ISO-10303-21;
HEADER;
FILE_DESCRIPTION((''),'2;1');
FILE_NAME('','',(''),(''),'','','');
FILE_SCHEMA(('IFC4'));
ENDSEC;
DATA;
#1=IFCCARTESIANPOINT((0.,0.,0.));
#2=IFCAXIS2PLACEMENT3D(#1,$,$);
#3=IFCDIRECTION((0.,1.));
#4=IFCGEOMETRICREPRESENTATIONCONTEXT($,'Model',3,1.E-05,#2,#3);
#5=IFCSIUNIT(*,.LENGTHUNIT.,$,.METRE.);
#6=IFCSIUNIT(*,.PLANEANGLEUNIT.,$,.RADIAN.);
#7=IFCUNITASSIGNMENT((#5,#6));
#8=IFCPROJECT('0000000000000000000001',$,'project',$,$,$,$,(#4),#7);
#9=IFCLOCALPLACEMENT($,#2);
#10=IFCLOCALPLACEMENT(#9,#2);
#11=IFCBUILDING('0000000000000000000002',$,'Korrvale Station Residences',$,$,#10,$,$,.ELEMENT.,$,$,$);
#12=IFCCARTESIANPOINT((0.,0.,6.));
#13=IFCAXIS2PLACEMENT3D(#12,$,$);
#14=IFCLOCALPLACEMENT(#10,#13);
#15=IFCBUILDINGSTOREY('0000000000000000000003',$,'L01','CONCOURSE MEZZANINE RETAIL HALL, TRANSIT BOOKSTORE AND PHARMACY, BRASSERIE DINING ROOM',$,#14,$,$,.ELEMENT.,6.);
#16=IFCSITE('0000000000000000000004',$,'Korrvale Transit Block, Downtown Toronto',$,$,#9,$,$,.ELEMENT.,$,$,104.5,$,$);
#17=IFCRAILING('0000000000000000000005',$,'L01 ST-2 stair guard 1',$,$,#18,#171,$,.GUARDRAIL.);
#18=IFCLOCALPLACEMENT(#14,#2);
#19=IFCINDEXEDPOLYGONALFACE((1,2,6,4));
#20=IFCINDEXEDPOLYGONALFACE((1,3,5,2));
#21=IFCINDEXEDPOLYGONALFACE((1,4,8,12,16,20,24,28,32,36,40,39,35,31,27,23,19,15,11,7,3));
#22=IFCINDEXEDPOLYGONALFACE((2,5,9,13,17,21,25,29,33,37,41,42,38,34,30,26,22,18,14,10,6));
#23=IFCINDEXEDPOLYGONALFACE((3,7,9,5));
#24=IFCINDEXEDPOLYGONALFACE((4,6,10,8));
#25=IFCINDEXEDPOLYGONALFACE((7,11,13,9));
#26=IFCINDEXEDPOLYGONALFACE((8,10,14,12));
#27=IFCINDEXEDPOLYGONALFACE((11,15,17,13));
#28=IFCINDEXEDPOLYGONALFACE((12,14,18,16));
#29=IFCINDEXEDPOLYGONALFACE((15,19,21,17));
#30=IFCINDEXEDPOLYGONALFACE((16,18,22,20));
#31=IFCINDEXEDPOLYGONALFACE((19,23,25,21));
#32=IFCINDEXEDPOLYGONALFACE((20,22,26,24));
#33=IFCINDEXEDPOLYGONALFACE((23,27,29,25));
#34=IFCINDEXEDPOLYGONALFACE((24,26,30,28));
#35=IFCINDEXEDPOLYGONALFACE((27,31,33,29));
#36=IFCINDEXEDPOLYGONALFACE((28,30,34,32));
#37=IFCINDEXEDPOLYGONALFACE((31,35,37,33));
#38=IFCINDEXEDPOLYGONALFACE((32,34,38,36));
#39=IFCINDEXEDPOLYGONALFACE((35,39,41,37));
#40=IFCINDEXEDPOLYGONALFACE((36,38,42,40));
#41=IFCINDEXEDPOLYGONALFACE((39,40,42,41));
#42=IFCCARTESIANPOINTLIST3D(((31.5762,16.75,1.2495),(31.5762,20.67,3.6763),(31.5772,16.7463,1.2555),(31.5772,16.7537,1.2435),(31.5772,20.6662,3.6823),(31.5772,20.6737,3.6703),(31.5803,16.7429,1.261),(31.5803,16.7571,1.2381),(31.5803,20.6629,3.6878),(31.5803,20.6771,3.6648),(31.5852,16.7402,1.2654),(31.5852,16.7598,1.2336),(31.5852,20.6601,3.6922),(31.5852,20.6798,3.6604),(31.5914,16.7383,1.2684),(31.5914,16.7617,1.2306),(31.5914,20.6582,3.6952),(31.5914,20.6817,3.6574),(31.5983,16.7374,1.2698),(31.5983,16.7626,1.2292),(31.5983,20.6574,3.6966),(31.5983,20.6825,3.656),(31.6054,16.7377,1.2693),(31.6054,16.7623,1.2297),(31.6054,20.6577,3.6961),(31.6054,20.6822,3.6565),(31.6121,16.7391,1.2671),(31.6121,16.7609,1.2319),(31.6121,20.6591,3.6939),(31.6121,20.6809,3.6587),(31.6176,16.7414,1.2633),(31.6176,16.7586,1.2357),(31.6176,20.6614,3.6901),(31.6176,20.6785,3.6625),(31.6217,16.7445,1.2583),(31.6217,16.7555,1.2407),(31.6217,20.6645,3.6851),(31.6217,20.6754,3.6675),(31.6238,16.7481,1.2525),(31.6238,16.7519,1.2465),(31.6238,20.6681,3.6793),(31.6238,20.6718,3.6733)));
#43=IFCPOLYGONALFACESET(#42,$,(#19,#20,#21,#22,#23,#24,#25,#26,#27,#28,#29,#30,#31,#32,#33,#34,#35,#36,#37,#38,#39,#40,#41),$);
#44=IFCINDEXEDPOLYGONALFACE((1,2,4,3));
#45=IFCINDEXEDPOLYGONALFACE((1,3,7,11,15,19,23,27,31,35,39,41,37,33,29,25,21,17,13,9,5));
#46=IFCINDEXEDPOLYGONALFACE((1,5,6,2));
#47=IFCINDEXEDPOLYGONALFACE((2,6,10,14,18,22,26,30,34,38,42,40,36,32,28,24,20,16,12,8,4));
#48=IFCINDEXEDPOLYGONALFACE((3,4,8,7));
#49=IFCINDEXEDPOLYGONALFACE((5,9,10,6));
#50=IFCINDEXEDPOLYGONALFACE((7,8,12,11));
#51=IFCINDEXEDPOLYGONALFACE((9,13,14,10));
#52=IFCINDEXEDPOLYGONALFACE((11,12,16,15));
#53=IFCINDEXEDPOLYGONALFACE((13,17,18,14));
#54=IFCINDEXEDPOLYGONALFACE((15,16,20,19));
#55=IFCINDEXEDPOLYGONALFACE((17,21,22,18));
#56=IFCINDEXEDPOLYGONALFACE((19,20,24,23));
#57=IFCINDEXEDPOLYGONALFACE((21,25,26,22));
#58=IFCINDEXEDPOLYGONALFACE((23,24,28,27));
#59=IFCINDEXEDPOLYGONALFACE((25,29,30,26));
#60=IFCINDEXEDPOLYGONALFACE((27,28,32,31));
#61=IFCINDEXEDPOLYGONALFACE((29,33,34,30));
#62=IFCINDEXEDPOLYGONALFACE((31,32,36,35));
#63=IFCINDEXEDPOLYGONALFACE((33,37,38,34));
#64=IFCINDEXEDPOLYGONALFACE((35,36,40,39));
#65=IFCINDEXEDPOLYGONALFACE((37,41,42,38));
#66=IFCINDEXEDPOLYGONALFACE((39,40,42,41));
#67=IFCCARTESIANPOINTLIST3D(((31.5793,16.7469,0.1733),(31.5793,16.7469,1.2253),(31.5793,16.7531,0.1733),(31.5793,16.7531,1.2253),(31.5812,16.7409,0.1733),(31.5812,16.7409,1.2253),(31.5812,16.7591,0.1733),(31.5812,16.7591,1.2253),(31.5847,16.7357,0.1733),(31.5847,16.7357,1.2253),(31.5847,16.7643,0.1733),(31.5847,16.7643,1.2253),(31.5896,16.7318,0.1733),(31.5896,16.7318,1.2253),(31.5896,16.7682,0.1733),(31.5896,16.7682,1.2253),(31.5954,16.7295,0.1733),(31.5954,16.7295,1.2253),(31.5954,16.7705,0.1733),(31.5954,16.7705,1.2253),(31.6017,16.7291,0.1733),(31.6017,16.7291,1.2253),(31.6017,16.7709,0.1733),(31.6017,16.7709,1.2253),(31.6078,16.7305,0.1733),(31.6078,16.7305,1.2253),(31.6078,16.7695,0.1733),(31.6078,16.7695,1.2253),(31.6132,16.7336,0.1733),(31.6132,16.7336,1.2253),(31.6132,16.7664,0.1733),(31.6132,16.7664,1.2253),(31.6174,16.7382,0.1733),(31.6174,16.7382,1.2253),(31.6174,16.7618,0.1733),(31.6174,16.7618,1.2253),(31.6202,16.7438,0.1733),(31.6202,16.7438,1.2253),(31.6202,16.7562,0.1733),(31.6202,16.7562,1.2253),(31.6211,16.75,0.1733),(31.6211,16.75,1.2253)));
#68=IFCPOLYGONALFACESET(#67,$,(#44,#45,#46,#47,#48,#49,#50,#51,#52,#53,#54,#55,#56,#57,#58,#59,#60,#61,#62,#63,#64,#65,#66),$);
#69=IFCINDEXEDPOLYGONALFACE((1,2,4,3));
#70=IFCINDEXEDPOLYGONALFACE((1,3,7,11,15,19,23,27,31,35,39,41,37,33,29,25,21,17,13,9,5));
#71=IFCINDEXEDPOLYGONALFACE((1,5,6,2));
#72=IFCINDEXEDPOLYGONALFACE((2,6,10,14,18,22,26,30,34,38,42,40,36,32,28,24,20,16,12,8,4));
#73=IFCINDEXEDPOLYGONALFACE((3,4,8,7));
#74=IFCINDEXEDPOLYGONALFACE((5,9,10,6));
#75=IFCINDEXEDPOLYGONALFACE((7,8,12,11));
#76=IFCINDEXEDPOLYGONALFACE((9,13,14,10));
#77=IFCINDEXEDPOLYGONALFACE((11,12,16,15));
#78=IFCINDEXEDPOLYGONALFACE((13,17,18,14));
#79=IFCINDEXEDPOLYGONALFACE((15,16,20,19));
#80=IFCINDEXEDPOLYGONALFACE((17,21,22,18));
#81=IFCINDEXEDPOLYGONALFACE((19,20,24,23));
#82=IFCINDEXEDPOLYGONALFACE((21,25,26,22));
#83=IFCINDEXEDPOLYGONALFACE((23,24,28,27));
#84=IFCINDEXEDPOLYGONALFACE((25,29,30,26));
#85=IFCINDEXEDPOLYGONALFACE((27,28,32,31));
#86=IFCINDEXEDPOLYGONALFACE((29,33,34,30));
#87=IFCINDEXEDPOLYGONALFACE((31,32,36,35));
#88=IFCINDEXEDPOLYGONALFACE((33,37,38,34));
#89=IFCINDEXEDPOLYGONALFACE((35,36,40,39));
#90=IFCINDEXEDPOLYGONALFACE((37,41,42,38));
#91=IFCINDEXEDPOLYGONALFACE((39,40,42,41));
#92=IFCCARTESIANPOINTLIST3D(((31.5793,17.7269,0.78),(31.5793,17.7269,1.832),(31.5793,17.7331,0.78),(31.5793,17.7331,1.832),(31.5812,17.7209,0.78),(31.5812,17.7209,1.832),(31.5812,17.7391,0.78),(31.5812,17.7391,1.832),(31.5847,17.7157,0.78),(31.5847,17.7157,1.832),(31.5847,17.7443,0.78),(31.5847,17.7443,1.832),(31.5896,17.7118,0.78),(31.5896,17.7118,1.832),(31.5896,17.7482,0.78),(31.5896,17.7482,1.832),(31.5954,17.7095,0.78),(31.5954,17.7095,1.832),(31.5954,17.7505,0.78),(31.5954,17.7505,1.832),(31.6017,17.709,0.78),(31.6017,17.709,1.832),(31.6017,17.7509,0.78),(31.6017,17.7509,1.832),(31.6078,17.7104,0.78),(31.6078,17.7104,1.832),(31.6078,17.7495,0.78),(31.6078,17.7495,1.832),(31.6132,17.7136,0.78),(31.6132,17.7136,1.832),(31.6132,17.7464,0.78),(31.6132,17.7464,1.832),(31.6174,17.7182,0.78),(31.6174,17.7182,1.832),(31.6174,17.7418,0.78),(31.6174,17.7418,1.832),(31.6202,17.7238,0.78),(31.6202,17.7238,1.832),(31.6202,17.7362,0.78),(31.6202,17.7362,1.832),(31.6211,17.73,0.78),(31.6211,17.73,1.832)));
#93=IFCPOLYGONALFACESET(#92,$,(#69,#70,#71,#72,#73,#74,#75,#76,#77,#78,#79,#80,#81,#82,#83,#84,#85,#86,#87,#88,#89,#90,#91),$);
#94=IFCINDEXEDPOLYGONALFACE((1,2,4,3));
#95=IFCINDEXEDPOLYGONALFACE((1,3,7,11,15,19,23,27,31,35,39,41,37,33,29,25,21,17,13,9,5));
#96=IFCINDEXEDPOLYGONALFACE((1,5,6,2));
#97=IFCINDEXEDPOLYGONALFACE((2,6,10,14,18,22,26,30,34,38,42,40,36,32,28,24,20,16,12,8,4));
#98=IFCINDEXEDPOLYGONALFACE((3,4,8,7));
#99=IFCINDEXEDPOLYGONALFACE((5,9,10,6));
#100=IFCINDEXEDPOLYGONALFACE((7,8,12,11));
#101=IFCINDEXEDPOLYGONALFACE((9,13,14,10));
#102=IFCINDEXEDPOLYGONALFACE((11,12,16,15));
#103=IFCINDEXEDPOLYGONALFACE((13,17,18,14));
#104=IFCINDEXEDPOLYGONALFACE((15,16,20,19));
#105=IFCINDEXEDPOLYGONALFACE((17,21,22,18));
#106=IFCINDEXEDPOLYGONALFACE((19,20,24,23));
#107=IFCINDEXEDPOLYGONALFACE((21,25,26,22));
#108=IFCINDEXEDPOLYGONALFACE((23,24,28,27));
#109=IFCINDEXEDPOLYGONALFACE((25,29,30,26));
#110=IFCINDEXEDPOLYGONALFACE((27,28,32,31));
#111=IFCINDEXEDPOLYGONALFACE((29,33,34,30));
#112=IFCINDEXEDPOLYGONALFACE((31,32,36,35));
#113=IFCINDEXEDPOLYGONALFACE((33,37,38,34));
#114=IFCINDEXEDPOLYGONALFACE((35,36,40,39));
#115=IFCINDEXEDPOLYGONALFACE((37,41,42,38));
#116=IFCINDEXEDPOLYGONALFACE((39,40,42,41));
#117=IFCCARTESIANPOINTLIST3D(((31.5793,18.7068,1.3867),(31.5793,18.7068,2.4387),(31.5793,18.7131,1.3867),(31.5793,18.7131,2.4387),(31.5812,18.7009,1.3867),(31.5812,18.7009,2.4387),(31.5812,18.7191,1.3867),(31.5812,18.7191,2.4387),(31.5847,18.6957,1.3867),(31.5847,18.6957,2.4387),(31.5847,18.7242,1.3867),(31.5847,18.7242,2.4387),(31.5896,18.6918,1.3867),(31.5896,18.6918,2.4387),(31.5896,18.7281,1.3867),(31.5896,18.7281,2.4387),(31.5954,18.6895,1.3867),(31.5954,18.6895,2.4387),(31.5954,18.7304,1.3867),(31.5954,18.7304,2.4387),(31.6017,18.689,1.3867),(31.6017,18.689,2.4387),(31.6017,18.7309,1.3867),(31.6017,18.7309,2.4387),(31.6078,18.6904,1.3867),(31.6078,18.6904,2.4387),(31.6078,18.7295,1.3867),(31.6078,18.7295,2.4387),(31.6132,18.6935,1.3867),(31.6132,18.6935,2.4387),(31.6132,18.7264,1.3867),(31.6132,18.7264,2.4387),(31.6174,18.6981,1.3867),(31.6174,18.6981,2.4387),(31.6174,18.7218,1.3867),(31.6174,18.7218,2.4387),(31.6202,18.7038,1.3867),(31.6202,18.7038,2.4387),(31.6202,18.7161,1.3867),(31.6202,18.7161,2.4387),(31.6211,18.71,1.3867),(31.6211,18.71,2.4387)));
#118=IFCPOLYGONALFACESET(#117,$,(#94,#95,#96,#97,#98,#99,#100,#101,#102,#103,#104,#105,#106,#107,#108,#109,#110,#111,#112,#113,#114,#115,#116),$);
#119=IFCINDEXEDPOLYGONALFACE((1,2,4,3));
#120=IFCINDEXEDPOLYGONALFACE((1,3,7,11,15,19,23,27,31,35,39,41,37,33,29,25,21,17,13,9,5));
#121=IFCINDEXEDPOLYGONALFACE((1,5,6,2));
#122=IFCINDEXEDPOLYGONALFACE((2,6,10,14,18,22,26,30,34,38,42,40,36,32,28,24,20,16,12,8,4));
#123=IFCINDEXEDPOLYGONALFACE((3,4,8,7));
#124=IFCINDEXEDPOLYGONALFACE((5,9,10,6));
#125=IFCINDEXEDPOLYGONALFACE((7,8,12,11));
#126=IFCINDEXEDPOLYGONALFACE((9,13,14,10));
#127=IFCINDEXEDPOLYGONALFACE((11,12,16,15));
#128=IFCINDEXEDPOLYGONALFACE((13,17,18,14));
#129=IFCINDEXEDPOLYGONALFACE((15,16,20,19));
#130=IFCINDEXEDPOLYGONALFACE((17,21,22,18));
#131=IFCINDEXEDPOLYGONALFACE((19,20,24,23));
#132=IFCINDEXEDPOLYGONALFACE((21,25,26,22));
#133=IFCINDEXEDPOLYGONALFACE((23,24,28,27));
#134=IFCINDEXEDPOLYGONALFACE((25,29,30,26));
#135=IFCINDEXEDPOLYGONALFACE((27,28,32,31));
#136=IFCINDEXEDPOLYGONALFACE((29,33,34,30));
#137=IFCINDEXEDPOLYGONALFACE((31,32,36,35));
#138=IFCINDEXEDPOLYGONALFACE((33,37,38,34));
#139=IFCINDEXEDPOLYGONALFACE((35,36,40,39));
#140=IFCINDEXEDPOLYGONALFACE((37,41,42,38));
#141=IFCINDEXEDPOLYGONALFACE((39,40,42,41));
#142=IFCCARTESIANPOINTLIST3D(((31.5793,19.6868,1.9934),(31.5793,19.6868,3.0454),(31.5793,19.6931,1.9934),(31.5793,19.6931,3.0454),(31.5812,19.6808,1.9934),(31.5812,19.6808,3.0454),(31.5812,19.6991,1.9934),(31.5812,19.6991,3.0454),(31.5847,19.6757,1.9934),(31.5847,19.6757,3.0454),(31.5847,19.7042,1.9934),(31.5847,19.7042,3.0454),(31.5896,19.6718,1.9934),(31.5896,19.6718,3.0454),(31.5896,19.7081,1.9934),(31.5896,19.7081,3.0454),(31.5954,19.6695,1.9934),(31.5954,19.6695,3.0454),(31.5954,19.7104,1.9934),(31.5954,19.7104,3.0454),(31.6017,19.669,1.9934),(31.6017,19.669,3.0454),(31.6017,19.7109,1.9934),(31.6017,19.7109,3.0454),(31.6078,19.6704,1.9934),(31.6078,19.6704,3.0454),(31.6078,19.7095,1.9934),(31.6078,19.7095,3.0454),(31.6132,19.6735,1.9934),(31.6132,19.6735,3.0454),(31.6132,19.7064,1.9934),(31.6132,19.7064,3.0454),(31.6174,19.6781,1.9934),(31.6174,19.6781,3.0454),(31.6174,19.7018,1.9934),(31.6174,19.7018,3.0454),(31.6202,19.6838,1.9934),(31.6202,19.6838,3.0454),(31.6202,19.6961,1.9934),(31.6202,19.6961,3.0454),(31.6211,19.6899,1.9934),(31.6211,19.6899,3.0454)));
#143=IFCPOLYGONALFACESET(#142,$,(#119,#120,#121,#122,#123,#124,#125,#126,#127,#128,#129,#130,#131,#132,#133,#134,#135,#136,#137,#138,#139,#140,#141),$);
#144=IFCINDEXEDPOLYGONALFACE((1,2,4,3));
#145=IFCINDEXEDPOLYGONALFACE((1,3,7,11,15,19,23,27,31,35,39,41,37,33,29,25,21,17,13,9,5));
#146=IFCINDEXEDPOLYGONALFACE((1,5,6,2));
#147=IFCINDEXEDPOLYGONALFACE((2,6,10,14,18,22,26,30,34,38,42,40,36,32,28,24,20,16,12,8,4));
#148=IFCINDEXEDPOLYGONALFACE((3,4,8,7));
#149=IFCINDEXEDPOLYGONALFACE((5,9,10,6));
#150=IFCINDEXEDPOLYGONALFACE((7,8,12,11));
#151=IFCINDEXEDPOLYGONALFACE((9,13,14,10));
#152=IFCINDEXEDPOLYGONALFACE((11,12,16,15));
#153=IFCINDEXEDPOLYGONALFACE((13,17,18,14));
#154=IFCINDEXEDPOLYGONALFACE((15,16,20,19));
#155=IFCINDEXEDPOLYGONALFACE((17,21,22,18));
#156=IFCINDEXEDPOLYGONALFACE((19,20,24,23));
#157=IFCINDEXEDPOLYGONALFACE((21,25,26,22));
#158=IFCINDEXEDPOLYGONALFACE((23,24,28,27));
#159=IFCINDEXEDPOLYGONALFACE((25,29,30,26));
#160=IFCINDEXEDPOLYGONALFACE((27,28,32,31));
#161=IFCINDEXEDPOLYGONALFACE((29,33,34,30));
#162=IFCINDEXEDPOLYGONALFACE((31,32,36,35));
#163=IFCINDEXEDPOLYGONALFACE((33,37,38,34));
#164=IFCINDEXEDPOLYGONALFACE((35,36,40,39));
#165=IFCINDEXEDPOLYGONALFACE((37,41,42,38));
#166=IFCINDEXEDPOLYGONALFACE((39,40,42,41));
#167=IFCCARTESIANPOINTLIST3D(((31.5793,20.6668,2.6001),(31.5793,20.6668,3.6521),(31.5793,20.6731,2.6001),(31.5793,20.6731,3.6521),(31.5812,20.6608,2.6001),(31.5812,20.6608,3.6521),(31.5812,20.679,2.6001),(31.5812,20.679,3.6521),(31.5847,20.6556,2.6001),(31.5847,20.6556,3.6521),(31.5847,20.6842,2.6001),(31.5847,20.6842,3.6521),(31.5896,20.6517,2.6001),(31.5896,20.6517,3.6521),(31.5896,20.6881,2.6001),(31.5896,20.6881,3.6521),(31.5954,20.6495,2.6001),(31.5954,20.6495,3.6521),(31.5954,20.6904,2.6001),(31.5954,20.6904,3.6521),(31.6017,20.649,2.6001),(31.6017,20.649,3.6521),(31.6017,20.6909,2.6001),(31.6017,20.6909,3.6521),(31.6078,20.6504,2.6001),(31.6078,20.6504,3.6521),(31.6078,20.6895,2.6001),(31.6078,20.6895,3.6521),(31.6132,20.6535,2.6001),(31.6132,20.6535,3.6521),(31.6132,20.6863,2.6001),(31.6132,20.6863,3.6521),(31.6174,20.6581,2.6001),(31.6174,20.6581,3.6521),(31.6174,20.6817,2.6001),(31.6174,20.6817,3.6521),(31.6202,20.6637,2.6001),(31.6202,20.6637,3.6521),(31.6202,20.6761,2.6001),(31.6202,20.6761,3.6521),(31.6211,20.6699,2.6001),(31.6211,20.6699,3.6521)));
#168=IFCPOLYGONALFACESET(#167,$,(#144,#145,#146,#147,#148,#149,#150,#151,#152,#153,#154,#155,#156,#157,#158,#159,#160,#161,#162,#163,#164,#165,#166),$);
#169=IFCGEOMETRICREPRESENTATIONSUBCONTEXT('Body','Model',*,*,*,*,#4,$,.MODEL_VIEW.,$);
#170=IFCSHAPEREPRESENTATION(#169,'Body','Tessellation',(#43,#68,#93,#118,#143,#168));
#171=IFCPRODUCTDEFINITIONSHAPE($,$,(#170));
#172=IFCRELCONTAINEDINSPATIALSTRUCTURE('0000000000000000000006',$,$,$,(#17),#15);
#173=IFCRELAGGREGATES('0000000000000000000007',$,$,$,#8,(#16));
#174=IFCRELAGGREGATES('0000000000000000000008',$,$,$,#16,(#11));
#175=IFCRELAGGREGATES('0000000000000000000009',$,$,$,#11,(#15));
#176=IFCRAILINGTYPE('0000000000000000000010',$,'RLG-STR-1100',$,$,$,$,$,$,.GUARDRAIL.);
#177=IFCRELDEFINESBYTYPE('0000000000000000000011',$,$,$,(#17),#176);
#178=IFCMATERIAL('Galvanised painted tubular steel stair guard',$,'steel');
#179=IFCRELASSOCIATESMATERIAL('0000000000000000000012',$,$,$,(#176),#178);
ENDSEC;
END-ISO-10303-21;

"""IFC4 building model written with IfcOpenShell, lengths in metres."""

from ifc_helpers import new_model, si_unit, direction, frame, origin, origin_2d, place, context, subcontext, project, spatial, circle, extrude, material, type_object, element, save


model = new_model("IFC4")

# Units and contexts
model_context = context("Model", 3, precision=1e-05, world=origin(), true_north=direction((0.0, 1.0)))
body_context = subcontext(model_context, "Body", "Model", "MODEL_VIEW")
ifc_project = project(units=[si_unit("LENGTHUNIT", "METRE"), si_unit("PLANEANGLEUNIT", "RADIAN")], contexts=[model_context])

# Site, building, storey
site_placement = place(None, origin())
site = spatial("IfcSite", under=ifc_project, at=site_placement, Name="Korrvale Transit Block, Downtown Toronto", CompositionType="ELEMENT", RefElevation=104.5)
building_placement = place(site_placement, origin())
building = spatial("IfcBuilding", under=site, at=building_placement, Name="Korrvale Station Residences", CompositionType="ELEMENT")
storey_placement = place(building_placement, frame((0.0, 0.0, 6.0)))
storey = spatial("IfcBuildingStorey", under=building, at=storey_placement, Name="L01", Description="CONCOURSE MEZZANINE RETAIL HALL, TRANSIT BOOKSTORE AND PHARMACY, BRASSERIE DINING ROOM", CompositionType="ELEMENT", Elevation=6.0)

# Railing
ifc_material_1 = material(Name="Galvanised painted tubular steel stair guard", Category="steel")
railing_type_1 = type_object("IfcRailingType", Name="RLG-STR-1100", PredefinedType="GUARDRAIL", material=ifc_material_1)
railing_1_placement = place(storey_placement, frame((31.6001, 16.75, 0.1733)))
element("IfcRailing", 1, at=railing_1_placement, inside=storey, type_object=railing_type_1, Name="L01 ST-2 stair guard 1", PredefinedType="GUARDRAIL", context=body_context, shape_type="SweptSolid", body=[
    extrude(circle(Radius=0.0239, at=origin_2d()), frame((0.0, 0.0, 1.0762), z_axis=(0.0, 0.850252, 0.526376), x_axis=(-1.0, 0.0, 0.0)), (0.0, 0.0, 1.0), 4.6104),
    extrude(circle(Radius=0.021, at=origin_2d()), origin(), (0.0, 0.0, 1.0), 1.052),
    extrude(circle(Radius=0.021, at=origin_2d()), frame((0.0, 0.98, 0.6067)), (0.0, 0.0, 1.0), 1.052),
    extrude(circle(Radius=0.021, at=origin_2d()), frame((0.0, 1.96, 1.2134)), (0.0, 0.0, 1.0), 1.052),
    extrude(circle(Radius=0.021, at=origin_2d()), frame((0.0, 2.9399, 1.8201)), (0.0, 0.0, 1.0), 1.052),
    extrude(circle(Radius=0.021, at=origin_2d()), frame((0.0, 3.9199, 2.4268)), (0.0, 0.0, 1.0), 1.052),
])

save(model, "model.ifc")
